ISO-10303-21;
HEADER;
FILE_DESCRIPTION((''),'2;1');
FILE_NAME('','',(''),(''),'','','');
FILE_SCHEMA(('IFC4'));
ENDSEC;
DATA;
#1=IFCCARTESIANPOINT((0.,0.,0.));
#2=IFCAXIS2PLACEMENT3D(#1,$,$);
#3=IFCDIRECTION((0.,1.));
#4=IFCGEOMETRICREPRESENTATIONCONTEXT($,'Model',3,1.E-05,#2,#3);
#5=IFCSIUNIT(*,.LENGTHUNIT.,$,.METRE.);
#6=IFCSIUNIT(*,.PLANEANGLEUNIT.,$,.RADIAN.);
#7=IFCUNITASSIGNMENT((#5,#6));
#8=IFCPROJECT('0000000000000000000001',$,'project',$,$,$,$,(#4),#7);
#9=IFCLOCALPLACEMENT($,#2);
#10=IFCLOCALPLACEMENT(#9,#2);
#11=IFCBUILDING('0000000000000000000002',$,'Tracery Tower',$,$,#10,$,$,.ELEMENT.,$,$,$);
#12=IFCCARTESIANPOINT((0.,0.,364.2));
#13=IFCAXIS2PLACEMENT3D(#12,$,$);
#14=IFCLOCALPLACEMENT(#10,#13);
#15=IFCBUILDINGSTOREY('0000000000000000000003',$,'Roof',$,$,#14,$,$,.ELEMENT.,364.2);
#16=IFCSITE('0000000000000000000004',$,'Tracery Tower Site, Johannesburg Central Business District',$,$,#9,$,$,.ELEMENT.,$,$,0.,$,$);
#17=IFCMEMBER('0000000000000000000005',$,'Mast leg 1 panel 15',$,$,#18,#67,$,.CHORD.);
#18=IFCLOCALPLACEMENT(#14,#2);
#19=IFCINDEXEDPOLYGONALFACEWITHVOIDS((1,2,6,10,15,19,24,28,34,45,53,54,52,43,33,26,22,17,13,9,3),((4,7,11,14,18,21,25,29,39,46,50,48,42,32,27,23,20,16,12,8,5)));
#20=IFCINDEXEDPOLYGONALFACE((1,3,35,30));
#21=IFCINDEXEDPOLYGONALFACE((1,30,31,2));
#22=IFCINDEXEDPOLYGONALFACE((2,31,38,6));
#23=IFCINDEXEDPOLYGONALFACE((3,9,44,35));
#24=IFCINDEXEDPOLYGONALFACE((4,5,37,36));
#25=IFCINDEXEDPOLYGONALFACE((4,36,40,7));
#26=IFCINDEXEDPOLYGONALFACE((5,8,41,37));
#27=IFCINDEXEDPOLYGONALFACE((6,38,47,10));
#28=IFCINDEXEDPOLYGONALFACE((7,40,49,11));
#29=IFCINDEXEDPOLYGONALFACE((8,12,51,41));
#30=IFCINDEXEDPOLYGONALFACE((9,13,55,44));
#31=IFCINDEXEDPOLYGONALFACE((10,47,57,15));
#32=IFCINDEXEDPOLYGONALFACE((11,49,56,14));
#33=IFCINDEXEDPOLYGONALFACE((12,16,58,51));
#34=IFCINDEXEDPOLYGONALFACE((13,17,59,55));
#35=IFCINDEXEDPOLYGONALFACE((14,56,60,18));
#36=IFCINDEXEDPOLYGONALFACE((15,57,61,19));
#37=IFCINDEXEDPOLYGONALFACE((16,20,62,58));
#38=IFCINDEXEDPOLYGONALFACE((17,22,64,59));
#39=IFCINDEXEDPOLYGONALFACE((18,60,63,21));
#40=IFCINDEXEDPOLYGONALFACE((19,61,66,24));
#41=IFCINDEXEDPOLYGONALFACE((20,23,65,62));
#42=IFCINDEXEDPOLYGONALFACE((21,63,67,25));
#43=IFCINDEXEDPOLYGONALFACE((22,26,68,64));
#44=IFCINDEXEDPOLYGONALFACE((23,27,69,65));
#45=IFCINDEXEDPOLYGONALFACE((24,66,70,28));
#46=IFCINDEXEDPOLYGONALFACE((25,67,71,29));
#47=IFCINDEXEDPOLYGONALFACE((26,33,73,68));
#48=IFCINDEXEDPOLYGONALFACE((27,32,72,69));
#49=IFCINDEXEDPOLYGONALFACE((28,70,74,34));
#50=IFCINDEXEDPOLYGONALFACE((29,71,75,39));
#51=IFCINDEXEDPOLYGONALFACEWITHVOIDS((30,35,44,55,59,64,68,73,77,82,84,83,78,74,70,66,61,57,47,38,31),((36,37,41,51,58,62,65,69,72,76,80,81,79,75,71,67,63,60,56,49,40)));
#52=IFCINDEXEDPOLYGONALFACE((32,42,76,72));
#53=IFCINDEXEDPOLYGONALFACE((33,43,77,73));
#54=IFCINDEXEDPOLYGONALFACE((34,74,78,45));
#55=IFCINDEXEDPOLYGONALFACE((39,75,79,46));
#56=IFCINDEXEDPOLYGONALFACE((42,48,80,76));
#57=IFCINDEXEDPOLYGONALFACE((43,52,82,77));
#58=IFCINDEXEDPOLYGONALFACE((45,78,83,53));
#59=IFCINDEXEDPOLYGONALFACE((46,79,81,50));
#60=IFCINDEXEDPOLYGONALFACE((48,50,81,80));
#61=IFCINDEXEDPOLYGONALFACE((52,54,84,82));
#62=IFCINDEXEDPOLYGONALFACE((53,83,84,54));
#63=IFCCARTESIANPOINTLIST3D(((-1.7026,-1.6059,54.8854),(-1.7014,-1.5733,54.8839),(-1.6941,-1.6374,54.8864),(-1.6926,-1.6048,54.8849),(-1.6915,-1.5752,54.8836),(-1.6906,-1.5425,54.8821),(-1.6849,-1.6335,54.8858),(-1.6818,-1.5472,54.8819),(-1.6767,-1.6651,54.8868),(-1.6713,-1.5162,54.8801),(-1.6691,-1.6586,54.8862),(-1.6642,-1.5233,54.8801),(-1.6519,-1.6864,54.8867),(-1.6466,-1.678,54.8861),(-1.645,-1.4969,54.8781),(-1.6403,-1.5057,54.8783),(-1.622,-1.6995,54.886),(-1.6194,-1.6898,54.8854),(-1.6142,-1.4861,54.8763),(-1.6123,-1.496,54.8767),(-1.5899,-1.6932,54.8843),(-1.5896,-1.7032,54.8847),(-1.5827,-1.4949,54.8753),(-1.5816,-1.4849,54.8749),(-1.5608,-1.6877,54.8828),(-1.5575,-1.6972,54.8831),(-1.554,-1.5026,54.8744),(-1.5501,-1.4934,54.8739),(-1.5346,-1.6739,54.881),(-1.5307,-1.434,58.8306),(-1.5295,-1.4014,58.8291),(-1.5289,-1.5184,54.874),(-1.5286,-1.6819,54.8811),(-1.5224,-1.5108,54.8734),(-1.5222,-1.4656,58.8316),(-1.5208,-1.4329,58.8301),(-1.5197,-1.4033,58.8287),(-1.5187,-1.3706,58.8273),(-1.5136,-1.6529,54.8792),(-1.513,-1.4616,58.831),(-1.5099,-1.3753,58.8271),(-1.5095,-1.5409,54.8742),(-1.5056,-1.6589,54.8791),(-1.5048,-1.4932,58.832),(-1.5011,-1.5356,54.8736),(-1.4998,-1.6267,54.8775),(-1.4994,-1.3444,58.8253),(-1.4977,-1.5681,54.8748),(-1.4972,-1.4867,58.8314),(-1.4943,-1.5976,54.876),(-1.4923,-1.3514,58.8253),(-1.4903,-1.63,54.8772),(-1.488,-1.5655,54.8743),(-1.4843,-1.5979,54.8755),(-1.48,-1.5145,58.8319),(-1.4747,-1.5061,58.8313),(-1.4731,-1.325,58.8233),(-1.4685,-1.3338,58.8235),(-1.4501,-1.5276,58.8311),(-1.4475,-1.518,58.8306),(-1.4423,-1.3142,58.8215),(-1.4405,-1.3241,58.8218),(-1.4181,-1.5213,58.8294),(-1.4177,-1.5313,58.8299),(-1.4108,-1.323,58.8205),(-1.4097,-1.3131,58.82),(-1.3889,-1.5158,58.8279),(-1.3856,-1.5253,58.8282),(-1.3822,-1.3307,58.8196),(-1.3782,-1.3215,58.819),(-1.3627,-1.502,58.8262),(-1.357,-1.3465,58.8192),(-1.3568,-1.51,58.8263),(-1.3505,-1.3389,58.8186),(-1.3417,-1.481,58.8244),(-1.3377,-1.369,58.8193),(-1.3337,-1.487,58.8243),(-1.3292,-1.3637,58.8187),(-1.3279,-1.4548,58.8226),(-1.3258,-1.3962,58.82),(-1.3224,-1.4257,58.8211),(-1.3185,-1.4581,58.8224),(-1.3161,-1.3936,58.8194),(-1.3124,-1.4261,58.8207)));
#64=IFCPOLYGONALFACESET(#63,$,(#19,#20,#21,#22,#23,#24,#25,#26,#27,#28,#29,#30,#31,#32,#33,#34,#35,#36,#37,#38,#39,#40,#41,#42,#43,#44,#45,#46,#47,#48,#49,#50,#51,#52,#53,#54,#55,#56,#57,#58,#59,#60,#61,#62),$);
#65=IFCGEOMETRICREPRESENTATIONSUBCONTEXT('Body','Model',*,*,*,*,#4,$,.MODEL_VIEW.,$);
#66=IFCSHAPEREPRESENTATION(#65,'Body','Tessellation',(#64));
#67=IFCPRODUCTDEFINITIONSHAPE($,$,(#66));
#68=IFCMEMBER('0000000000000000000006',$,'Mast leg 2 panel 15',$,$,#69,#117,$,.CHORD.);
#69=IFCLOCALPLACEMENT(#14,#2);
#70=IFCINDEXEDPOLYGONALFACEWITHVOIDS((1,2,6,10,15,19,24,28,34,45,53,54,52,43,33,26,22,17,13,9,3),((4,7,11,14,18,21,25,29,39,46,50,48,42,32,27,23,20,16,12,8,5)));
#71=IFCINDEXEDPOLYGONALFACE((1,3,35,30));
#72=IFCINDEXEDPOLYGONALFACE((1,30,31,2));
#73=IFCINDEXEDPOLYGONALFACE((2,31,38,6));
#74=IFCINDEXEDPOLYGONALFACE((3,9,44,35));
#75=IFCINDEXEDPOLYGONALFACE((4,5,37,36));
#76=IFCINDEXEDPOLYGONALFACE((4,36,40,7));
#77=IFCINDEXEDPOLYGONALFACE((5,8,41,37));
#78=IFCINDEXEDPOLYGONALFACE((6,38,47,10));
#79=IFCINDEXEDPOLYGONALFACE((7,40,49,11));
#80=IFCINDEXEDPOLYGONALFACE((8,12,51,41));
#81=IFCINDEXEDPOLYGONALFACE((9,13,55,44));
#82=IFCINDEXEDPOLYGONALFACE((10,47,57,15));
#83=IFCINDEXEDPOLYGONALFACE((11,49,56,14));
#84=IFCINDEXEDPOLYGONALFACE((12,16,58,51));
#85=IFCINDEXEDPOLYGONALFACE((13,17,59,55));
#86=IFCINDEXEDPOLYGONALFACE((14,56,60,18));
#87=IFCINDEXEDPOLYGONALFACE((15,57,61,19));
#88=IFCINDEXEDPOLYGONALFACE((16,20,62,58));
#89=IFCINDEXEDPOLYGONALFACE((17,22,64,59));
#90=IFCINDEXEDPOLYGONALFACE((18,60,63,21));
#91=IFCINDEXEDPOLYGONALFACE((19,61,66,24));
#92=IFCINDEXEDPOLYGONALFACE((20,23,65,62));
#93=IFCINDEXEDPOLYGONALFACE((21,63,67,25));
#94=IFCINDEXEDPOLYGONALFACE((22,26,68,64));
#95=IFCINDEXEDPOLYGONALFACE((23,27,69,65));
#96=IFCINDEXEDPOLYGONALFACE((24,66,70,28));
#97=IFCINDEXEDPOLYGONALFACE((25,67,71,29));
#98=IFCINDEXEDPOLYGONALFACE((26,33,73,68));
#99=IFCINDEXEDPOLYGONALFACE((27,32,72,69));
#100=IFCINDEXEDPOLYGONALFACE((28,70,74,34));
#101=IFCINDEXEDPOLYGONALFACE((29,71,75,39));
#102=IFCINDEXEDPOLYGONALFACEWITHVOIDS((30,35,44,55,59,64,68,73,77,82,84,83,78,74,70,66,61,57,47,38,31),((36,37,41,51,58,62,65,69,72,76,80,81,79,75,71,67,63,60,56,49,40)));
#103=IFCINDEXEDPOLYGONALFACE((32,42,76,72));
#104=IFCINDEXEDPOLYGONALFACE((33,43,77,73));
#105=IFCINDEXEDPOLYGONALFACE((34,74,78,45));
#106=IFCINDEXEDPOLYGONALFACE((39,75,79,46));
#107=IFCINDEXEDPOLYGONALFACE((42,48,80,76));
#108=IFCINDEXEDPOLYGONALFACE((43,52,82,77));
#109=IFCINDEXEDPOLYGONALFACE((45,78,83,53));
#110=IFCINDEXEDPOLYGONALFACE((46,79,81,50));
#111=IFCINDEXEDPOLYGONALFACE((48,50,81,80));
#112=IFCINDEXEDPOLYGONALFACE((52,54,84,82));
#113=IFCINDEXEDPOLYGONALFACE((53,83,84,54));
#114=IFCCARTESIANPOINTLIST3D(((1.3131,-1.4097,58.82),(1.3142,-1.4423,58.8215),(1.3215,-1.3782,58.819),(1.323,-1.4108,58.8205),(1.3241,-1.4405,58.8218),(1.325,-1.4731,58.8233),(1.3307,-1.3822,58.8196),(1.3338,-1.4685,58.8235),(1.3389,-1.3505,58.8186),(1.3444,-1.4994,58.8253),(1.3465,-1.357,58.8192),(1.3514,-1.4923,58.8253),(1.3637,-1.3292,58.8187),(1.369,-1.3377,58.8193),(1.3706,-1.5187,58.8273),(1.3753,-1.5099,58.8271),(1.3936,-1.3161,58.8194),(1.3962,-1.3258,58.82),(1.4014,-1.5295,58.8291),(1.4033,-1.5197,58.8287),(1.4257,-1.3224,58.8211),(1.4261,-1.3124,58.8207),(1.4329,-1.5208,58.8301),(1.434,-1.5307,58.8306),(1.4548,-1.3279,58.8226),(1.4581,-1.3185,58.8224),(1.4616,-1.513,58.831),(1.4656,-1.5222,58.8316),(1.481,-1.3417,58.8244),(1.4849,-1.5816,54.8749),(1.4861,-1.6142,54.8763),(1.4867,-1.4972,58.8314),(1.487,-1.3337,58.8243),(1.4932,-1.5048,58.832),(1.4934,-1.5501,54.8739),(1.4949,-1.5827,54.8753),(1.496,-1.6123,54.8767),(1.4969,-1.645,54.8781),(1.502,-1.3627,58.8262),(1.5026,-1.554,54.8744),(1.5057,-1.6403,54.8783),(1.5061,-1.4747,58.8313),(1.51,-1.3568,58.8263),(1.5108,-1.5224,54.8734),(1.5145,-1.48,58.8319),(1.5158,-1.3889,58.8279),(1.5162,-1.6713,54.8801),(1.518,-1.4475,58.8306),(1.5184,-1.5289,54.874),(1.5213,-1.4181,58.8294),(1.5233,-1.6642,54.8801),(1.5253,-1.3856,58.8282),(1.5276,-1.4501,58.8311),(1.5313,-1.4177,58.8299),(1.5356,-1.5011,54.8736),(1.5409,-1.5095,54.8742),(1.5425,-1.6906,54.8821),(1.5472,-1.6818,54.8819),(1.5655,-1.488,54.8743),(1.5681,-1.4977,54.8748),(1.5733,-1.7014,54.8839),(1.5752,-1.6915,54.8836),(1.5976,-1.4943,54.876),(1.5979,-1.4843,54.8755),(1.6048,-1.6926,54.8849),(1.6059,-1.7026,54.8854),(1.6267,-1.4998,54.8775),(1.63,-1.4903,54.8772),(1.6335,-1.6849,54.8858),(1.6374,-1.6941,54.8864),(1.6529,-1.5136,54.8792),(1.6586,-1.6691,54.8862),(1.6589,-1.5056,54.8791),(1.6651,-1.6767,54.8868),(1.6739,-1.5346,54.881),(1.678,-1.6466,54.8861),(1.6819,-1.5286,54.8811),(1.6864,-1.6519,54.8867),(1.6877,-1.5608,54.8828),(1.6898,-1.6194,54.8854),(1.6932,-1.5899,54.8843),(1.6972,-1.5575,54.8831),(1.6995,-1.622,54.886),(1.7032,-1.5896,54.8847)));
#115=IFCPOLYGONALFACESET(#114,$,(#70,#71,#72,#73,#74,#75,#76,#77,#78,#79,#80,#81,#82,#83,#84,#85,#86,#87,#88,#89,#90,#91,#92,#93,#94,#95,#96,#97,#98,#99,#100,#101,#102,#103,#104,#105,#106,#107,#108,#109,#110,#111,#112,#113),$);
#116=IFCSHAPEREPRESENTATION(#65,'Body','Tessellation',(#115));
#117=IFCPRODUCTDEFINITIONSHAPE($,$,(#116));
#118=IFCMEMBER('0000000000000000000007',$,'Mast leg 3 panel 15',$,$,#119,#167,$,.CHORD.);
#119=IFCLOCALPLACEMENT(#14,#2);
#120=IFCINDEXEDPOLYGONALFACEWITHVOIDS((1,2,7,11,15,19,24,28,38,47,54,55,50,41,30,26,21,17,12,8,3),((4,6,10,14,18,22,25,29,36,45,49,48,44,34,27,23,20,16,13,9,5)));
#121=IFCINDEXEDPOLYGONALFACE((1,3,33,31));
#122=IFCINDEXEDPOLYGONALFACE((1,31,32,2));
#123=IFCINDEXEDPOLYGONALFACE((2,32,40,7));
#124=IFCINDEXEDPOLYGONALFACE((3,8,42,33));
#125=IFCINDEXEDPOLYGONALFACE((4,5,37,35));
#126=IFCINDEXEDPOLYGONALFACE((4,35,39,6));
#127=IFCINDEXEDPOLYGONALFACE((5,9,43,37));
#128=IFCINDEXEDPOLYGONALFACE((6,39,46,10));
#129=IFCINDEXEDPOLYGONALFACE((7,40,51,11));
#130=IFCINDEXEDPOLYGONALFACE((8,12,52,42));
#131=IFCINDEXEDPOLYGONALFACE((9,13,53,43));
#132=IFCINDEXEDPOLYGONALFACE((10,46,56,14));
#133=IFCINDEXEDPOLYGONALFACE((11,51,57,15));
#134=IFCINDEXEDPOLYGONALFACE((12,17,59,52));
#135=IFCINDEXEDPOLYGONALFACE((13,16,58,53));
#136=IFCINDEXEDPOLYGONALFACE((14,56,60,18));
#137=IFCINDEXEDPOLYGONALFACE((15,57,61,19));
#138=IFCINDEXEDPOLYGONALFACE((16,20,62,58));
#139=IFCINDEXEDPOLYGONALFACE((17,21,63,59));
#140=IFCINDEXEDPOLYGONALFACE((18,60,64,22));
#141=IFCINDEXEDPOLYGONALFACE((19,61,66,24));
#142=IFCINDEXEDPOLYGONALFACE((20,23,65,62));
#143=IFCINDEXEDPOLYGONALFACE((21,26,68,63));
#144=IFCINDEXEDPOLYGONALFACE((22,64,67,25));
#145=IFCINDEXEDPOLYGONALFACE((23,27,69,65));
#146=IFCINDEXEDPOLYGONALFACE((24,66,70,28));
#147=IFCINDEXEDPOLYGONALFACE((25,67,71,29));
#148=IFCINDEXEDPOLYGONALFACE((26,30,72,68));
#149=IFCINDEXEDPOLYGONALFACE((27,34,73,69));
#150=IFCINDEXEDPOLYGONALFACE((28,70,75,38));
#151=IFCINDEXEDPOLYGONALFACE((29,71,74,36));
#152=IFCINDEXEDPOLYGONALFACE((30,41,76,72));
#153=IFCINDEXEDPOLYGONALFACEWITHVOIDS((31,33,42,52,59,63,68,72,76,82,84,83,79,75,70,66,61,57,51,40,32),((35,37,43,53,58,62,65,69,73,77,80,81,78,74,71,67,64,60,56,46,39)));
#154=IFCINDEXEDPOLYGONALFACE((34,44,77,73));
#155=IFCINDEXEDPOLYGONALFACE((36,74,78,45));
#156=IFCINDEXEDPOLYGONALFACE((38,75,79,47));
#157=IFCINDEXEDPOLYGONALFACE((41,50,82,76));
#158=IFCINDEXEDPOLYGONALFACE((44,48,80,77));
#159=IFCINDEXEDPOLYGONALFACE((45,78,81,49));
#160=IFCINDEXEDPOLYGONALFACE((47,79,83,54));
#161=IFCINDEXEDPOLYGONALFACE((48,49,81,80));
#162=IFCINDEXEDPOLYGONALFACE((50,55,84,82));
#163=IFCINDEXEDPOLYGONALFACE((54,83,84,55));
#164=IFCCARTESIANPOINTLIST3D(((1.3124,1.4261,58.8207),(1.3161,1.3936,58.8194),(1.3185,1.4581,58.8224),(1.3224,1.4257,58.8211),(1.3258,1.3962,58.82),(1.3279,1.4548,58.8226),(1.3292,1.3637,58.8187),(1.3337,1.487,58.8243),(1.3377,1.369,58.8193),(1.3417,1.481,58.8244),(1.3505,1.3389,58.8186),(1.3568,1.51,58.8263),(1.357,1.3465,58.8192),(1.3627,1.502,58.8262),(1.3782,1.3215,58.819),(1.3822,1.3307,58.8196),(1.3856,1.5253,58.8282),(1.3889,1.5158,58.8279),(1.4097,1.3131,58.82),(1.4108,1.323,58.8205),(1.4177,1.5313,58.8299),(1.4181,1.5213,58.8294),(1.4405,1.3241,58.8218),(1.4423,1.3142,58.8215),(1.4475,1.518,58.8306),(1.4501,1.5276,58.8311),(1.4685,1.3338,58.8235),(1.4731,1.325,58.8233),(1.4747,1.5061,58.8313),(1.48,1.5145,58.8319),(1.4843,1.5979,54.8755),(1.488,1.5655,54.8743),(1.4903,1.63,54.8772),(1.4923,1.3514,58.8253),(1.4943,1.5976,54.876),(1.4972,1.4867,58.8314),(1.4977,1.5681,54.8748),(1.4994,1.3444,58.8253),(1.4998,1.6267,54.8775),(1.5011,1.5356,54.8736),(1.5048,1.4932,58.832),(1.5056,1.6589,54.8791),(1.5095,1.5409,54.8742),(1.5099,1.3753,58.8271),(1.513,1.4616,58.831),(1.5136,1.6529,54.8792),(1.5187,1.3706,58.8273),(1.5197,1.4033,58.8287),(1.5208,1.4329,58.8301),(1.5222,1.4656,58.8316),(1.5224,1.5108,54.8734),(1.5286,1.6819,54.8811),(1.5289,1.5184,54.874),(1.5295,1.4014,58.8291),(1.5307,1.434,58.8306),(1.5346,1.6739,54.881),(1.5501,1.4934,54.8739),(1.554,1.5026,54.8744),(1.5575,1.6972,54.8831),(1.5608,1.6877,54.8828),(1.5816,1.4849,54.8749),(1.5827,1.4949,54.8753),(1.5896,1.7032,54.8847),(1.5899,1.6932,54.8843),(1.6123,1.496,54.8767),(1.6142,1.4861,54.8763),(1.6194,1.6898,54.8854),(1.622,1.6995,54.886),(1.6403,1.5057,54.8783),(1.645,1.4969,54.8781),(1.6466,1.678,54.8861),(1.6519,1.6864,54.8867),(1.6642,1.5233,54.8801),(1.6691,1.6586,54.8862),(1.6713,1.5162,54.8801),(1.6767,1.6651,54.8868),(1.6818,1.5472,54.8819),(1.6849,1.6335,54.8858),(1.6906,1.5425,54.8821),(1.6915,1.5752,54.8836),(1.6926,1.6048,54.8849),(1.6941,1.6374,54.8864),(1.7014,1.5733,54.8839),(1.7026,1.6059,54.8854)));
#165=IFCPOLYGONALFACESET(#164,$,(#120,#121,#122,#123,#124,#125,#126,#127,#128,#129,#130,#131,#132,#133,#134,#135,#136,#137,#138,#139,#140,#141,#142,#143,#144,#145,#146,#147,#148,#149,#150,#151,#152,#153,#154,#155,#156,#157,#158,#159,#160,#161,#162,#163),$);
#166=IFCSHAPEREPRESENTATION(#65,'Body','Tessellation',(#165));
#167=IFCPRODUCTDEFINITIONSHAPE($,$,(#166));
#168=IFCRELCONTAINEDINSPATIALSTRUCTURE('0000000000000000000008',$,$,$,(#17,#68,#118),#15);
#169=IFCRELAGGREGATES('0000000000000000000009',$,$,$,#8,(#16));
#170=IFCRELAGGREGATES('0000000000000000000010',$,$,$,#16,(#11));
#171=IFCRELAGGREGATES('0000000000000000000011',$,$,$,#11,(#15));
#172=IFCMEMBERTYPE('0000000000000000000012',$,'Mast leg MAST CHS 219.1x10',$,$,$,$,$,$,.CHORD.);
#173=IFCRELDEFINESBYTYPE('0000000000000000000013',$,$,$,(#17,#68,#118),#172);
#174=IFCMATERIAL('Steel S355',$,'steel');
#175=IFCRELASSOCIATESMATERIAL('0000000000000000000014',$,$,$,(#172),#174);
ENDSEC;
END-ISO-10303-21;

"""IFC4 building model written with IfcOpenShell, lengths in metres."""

from ifc_helpers import new_model, si_unit, direction, frame, origin, origin_2d, place, context, subcontext, project, spatial, hollow_circle, extrude, material, material_profile, profile_set, type_object, element, save


model = new_model("IFC4")

# Units and contexts
model_context = context("Model", 3, precision=1e-05, world=origin(), true_north=direction((0.0, 1.0)))
body_context = subcontext(model_context, "Body", "Model", "MODEL_VIEW")
ifc_project = project(units=[si_unit("LENGTHUNIT", "METRE"), si_unit("PLANEANGLEUNIT", "RADIAN")], contexts=[model_context])

# Site, building, storey
site_placement = place(None, origin())
site = spatial("IfcSite", under=ifc_project, at=site_placement, Name="Tracery Tower Site, Johannesburg Central Business District", CompositionType="ELEMENT", RefElevation=0.0)
building_placement = place(site_placement, origin())
building = spatial("IfcBuilding", under=site, at=building_placement, Name="Tracery Tower", CompositionType="ELEMENT")
storey_placement = place(building_placement, frame((0.0, 0.0, 364.2)))
storey = spatial("IfcBuildingStorey", under=building, at=storey_placement, Name="Roof", CompositionType="ELEMENT", Elevation=364.2)

# Members
ifc_material_1 = material(Name="Steel S355", Category="steel")
ifc_material_profile_1 = material_profile(ifc_material_1, hollow_circle(Radius=0.1096, WallThickness=0.01, at=origin_2d()), Name="CHS 219.1x10")
ifc_profile_set_1 = profile_set([ifc_material_profile_1], Name="Steel S355")
member_type_1 = type_object("IfcMemberType", Name="Mast leg MAST CHS 219.1x10", PredefinedType="CHORD", material=ifc_profile_set_1)
for number, where, z_axis, x_axis, name in (
    (1, (-1.5938, -1.5938, 54.8801), (0.043485, 0.043485, 0.998107), (-0.707107, 0.707107, 0.0), "Mast leg 1 panel 15"),
    (2, (1.5938, -1.5938, 54.8801), (-0.043485, 0.043485, 0.998107), (-0.707107, -0.707107, 0.0), "Mast leg 2 panel 15"),
    (3, (1.5938, 1.5938, 54.8801), (-0.043485, -0.043485, 0.998107), (0.707107, -0.707107, 0.0), "Mast leg 3 panel 15"),
):
    element("IfcMember", number, at=place(storey_placement, frame(where, z_axis=z_axis, x_axis=x_axis)), inside=storey, type_object=member_type_1, Name=name, PredefinedType="CHORD", context=body_context, shape_type="SweptSolid", body=[
        extrude(hollow_circle(Radius=0.1096, WallThickness=0.01, at=origin_2d()), origin(), (0.0, 0.0, 1.0), 3.9526),
    ])

save(model, "model.ifc")
